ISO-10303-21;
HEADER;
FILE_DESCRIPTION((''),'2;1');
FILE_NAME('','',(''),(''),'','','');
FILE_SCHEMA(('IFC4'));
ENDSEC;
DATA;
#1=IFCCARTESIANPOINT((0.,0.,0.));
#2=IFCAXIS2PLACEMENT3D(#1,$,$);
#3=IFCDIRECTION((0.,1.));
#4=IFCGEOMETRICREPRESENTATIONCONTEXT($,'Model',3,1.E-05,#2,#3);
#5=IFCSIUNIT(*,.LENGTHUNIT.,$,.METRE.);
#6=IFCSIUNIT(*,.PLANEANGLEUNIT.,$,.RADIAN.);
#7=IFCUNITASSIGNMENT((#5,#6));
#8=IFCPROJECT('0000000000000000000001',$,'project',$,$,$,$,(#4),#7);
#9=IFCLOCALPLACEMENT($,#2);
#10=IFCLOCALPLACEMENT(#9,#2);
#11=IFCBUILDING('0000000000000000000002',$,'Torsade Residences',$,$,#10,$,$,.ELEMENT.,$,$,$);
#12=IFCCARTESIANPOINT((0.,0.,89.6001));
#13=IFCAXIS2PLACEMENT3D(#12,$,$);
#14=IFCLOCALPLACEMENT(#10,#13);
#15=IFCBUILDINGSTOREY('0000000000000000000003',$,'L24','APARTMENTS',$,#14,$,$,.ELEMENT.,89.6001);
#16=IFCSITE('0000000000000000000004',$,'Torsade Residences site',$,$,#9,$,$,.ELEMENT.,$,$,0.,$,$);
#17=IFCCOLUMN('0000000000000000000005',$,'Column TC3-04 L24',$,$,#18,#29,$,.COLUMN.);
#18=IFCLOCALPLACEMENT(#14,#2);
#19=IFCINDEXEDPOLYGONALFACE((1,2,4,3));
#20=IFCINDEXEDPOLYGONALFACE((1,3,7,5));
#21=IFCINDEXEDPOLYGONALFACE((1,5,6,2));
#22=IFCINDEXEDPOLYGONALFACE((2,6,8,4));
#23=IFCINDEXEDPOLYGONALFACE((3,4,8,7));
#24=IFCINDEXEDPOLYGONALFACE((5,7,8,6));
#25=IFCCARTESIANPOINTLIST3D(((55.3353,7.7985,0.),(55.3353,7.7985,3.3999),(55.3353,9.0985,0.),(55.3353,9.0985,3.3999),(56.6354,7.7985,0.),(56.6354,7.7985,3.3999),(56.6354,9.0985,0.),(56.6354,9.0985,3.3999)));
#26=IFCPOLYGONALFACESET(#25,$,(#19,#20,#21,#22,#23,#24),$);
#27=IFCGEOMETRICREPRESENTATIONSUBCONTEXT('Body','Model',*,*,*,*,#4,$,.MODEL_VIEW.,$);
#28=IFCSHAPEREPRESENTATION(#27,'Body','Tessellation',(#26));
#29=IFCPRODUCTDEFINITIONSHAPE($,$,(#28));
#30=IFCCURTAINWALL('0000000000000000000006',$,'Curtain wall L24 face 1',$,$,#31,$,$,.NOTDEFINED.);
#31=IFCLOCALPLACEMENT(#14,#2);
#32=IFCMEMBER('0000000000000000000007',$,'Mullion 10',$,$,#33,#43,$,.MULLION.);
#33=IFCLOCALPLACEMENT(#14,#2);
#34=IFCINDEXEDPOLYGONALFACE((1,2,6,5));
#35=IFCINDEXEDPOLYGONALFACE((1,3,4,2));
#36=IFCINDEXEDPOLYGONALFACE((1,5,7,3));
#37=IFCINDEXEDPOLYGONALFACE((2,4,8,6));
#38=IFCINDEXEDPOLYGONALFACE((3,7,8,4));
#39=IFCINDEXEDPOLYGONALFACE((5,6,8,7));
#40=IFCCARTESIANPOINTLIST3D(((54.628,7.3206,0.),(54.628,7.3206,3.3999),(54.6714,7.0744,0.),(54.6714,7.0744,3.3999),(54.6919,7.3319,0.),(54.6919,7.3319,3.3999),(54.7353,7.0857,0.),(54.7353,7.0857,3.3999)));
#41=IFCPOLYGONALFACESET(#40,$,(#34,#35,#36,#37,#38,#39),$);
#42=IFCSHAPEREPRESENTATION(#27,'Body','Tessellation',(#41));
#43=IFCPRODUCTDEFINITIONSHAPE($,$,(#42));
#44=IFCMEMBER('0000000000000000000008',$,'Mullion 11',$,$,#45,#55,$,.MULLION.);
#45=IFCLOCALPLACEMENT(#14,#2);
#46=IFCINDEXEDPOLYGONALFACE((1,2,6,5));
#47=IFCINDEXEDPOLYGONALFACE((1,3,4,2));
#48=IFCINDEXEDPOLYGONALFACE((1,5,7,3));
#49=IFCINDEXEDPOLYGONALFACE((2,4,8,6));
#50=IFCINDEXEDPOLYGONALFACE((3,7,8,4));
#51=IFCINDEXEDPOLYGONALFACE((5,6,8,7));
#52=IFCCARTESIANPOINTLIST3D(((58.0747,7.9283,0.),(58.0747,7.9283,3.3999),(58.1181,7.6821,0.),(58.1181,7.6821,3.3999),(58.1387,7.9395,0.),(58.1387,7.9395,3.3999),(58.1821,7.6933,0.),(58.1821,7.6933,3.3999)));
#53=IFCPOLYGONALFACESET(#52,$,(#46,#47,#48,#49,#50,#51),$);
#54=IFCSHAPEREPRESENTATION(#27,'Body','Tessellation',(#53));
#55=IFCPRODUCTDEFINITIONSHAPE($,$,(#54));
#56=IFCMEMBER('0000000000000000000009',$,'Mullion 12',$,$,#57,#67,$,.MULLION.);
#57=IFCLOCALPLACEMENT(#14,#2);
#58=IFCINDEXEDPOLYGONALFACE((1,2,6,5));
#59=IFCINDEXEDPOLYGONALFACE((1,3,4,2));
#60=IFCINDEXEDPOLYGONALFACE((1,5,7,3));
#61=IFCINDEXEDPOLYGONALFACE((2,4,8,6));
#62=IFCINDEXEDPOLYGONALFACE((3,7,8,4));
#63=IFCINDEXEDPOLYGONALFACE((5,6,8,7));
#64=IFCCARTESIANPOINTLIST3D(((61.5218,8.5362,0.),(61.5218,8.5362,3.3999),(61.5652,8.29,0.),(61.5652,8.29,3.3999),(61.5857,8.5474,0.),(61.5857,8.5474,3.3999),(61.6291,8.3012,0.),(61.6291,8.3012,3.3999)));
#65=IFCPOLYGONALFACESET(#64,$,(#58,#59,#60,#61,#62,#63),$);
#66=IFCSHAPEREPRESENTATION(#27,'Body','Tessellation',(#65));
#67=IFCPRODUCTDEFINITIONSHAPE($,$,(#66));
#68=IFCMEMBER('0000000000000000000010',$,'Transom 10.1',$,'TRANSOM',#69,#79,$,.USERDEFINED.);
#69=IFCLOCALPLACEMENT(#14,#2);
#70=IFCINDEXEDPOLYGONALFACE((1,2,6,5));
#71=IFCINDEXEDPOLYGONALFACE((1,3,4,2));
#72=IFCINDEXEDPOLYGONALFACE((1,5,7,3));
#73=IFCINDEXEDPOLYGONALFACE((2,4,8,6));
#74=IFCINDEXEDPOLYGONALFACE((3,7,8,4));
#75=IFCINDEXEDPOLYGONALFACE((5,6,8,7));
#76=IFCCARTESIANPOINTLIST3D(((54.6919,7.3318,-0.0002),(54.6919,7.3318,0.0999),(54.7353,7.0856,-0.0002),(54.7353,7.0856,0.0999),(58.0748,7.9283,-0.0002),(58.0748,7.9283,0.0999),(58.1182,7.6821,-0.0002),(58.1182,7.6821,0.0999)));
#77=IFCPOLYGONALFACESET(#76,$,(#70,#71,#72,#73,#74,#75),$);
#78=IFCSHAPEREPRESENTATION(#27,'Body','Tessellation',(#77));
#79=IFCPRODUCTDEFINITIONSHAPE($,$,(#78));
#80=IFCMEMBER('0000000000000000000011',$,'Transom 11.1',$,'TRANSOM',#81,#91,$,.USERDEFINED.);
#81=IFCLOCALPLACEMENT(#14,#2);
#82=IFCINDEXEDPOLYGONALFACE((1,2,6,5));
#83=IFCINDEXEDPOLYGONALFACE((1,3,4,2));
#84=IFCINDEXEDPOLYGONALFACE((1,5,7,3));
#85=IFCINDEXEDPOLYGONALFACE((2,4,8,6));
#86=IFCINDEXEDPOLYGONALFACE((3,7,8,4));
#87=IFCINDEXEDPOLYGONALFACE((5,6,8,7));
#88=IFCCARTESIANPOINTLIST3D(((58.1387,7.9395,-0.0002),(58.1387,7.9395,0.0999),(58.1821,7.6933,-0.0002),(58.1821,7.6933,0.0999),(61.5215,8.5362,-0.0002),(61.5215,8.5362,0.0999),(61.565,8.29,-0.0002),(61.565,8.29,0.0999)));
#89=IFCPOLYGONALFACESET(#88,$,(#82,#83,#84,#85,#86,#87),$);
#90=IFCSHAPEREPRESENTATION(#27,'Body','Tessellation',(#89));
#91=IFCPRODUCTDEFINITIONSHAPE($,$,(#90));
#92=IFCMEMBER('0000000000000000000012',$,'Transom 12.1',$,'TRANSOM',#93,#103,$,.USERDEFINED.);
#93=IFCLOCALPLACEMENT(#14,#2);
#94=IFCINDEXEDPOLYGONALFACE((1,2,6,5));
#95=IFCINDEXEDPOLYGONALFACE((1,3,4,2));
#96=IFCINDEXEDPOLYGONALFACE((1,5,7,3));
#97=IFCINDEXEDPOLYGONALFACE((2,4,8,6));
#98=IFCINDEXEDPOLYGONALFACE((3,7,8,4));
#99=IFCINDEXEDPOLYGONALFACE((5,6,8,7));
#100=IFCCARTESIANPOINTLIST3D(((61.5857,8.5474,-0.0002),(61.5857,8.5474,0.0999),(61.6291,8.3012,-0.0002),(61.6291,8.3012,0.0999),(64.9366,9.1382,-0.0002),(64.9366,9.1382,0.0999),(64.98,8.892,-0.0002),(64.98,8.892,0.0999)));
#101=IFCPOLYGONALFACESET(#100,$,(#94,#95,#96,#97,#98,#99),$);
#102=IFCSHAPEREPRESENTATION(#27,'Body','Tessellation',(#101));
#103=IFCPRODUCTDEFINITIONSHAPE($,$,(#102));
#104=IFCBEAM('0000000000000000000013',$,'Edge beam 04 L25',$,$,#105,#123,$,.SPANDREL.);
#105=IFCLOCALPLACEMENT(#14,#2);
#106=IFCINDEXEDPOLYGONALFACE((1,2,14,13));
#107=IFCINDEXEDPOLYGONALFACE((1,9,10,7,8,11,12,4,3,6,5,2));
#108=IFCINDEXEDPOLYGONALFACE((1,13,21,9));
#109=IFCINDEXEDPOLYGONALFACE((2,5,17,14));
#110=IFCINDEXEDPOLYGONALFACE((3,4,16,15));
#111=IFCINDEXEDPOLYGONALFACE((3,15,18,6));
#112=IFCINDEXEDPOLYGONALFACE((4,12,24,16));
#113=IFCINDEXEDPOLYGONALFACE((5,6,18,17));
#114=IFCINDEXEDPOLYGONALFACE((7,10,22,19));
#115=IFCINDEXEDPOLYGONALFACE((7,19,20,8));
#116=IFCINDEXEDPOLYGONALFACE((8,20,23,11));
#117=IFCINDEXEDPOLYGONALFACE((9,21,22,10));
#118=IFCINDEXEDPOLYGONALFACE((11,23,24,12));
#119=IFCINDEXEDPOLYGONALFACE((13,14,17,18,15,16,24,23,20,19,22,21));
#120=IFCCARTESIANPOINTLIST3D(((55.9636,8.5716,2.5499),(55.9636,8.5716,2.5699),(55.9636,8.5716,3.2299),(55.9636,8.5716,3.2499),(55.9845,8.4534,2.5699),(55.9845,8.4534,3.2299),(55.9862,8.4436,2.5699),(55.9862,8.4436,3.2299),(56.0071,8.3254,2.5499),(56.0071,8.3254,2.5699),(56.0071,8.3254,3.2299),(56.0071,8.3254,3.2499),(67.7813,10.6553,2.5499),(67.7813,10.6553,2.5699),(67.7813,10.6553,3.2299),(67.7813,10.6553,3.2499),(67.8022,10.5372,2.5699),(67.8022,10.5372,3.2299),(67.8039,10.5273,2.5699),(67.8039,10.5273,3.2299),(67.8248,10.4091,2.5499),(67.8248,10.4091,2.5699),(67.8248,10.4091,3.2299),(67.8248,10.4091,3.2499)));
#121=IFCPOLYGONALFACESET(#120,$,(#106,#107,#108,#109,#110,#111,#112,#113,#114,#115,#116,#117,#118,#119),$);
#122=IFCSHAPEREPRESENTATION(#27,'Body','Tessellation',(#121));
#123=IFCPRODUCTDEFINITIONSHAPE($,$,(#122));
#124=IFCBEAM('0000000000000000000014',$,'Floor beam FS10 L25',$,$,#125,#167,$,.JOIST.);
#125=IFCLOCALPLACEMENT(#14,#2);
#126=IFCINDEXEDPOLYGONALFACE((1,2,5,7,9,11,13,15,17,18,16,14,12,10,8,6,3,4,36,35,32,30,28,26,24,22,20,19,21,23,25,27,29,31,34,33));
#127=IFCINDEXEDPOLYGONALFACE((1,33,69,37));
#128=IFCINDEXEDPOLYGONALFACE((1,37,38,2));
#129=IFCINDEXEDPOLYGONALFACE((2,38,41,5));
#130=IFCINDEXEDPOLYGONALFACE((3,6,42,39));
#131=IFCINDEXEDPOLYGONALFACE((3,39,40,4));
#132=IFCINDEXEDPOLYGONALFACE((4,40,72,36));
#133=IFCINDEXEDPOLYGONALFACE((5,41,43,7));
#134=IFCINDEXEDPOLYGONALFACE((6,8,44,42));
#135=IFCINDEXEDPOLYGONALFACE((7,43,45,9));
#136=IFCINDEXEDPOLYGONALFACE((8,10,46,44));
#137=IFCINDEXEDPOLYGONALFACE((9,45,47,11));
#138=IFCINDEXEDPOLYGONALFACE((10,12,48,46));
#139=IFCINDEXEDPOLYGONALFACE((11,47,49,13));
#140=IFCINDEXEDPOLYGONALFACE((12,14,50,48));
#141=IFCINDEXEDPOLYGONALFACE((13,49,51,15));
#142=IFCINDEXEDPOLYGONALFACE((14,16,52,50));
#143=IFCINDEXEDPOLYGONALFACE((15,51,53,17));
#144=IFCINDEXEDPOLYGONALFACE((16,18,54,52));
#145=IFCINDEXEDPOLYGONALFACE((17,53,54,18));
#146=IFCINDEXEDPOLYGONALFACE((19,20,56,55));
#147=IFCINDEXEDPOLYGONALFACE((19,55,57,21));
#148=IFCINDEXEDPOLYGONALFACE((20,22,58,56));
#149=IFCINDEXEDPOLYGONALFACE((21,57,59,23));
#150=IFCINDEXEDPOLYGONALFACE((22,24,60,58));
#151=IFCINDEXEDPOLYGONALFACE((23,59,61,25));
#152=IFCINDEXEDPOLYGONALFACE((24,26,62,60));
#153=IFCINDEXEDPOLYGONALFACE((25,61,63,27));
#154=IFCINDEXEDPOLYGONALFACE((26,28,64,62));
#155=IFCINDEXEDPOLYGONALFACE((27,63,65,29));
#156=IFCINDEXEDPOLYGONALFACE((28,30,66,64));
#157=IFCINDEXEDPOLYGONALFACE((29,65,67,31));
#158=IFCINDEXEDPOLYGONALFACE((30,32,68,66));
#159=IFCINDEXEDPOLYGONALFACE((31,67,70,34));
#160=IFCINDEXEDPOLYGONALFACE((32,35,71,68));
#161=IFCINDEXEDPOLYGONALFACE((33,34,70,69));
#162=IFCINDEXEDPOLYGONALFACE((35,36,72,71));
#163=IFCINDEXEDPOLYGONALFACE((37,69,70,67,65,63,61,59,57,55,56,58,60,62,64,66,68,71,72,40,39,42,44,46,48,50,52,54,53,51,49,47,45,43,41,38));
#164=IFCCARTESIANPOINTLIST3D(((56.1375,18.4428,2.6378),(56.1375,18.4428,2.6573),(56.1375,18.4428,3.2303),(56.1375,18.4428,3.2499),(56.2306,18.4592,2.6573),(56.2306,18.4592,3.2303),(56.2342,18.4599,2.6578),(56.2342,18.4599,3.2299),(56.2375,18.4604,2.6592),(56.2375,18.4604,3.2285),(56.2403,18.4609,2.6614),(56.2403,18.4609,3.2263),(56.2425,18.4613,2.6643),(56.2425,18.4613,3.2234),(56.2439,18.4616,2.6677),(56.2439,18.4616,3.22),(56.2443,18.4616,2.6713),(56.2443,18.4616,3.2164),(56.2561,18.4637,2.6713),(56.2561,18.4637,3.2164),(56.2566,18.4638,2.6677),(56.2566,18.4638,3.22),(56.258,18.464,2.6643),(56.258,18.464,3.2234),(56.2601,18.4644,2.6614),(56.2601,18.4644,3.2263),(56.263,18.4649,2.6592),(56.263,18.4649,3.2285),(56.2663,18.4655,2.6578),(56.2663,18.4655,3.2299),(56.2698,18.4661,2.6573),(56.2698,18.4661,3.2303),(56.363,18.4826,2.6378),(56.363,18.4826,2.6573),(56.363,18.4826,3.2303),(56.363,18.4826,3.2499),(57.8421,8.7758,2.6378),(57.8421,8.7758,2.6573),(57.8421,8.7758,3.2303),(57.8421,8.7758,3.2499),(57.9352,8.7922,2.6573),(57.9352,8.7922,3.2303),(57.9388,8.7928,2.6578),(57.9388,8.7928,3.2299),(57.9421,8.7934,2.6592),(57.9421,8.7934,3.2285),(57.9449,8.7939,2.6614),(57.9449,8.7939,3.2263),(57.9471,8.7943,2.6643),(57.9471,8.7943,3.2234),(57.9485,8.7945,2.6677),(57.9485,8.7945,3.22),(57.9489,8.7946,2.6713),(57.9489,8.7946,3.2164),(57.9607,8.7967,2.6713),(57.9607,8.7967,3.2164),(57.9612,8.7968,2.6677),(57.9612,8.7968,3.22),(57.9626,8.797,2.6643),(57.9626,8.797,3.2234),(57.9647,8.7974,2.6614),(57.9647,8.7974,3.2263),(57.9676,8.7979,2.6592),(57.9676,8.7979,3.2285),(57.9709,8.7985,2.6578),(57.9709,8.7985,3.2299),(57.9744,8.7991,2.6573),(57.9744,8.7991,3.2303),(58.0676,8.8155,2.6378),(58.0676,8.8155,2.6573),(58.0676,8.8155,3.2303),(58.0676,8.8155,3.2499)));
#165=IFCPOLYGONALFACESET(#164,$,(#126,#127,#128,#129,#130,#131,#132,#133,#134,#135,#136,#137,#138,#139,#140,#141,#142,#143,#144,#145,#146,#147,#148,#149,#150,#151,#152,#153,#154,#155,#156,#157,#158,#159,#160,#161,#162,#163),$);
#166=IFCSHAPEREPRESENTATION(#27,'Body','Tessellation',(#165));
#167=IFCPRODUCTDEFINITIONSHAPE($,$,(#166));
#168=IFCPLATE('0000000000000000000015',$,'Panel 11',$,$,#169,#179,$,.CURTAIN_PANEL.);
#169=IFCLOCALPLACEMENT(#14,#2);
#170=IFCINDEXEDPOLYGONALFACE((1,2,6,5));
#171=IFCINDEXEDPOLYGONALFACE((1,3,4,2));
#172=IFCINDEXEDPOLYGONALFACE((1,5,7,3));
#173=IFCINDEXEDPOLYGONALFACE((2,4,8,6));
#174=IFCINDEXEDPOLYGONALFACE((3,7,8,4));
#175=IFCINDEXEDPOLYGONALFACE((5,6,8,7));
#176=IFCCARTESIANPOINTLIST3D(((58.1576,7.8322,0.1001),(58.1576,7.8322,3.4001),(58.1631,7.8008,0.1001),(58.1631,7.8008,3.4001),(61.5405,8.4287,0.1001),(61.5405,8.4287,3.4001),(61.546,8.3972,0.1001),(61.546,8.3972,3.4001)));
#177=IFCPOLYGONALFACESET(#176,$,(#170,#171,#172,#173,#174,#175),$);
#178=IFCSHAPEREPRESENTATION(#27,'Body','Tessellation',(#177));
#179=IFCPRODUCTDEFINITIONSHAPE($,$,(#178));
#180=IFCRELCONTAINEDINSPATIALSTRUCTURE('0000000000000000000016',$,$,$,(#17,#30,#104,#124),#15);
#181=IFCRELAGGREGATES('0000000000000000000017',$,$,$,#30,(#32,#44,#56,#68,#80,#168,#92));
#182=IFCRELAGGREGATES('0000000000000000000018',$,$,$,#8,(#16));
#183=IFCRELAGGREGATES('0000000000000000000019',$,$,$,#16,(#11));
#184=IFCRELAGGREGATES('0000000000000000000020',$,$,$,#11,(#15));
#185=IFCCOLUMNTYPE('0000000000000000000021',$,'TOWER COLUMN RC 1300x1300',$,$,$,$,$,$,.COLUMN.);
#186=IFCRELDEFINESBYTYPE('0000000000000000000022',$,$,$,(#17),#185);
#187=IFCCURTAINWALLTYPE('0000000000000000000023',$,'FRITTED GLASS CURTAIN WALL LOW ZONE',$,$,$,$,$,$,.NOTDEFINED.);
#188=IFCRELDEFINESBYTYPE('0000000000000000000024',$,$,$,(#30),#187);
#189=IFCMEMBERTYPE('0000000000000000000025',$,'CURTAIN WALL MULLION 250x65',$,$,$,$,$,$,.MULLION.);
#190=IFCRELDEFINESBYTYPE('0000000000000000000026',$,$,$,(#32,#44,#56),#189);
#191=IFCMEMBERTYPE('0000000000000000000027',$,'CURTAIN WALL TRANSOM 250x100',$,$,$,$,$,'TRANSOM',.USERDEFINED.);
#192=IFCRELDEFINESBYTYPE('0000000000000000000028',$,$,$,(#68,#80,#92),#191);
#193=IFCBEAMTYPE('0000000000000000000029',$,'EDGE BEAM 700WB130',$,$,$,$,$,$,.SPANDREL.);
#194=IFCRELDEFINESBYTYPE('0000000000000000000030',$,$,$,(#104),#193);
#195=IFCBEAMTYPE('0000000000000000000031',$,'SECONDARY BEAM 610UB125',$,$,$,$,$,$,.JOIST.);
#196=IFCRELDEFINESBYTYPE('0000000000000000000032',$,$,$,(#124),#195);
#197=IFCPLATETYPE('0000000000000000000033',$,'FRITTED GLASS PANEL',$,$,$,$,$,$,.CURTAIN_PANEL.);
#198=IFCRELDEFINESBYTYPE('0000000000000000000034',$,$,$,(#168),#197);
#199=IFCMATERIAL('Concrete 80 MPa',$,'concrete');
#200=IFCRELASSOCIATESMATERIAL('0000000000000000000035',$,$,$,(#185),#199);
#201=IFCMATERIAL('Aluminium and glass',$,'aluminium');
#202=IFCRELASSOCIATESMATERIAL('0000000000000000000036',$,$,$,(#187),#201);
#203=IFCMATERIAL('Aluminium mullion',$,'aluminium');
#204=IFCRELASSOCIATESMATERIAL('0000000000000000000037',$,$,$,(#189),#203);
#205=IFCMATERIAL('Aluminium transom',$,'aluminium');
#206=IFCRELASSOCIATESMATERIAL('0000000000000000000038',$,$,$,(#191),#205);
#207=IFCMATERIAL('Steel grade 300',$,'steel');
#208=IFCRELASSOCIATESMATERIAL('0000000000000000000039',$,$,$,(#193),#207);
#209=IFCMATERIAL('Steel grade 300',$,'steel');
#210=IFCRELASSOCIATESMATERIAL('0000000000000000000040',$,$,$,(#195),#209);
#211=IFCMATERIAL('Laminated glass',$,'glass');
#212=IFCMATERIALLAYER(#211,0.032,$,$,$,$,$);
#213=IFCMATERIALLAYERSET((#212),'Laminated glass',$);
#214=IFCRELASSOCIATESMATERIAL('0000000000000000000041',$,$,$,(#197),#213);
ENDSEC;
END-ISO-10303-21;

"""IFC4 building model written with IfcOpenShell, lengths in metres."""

from ifc_helpers import new_model, si_unit, direction, frame, origin, origin_2d, place, context, subcontext, project, spatial, rectangle, i_section, extrude, material, layer, layer_set, material_profile, profile_set, type_object, element, aggregate, save


model = new_model("IFC4")

# Units and contexts
model_context = context("Model", 3, precision=1e-05, world=origin(), true_north=direction((0.0, 1.0)))
body_context = subcontext(model_context, "Body", "Model", "MODEL_VIEW")
ifc_project = project(units=[si_unit("LENGTHUNIT", "METRE"), si_unit("PLANEANGLEUNIT", "RADIAN")], contexts=[model_context])

# Site, building, storey
site_placement = place(None, origin())
site = spatial("IfcSite", under=ifc_project, at=site_placement, Name="Torsade Residences site", CompositionType="ELEMENT", RefElevation=0.0)
building_placement = place(site_placement, origin())
building = spatial("IfcBuilding", under=site, at=building_placement, Name="Torsade Residences", CompositionType="ELEMENT")
storey_placement = place(building_placement, frame((0.0, 0.0, 89.6001)))
storey = spatial("IfcBuildingStorey", under=building, at=storey_placement, Name="L24", Description="APARTMENTS", CompositionType="ELEMENT", Elevation=89.6001)

# Column
ifc_material_1 = material(Name="Concrete 80 MPa", Category="concrete")
ifc_material_profile_1 = material_profile(ifc_material_1, rectangle(XDim=1.3, YDim=1.3, at=origin_2d()), Name="RC 1300x1300")
ifc_profile_set_1 = profile_set([ifc_material_profile_1], Name="Concrete 80 MPa")
column_type = type_object("IfcColumnType", Name="TOWER COLUMN RC 1300x1300", PredefinedType="COLUMN", material=ifc_profile_set_1)
column_placement = place(storey_placement, frame((55.9854, 8.4485, 0.0), z_axis=(0.0, 0.0, 1.0), x_axis=(1.0, 0.0, 0.0)))
element("IfcColumn", 1, at=column_placement, inside=storey, type_object=column_type, Name="Column TC3-04 L24", PredefinedType="COLUMN", context=body_context, shape_type="SweptSolid", body=[
    extrude(rectangle(XDim=1.3, YDim=1.3, at=origin_2d()), origin(), (0.0, 0.0, 1.0), 3.3999),
])

# Curtain wall, members
ifc_material_2 = material(Name="Aluminium and glass", Category="aluminium")
curtain_wall_type = type_object("IfcCurtainWallType", Name="FRITTED GLASS CURTAIN WALL LOW ZONE", PredefinedType="NOTDEFINED", material=ifc_material_2)
curtain_wall_placement = place(storey_placement, origin())
curtain_wall = element("IfcCurtainWall", 2, at=curtain_wall_placement, inside=storey, type_object=curtain_wall_type, Name="Curtain wall L24 face 1", PredefinedType="NOTDEFINED")
ifc_material_3 = material(Name="Aluminium mullion", Category="aluminium")
ifc_material_profile_2 = material_profile(ifc_material_3, rectangle(XDim=0.25, YDim=0.0649, at=origin_2d()), Name="CURTAIN WALL MULLION 250x65")
ifc_profile_set_2 = profile_set([ifc_material_profile_2], Name="Aluminium mullion")
member_type_1 = type_object("IfcMemberType", Name="CURTAIN WALL MULLION 250x65", PredefinedType="MULLION", material=ifc_profile_set_2)
member_1_placement = place(storey_placement, frame((54.6816, 7.2031, 0.0), z_axis=(0.0, 0.0, 1.0), x_axis=(-0.173648, 0.984808, 0.0)))
member_1 = element("IfcMember", 3, at=member_1_placement, type_object=member_type_1, Name="Mullion 10", PredefinedType="MULLION", context=body_context, shape_type="SweptSolid", body=[
    extrude(rectangle(XDim=0.25, YDim=0.0649, at=origin_2d()), origin(), (0.0, 0.0, 1.0), 3.3999),
])
member_2_placement = place(storey_placement, frame((58.1284, 7.8108, 0.0), z_axis=(0.0, 0.0, 1.0), x_axis=(-0.173648, 0.984808, 0.0)))
member_2 = element("IfcMember", 4, at=member_2_placement, type_object=member_type_1, Name="Mullion 11", PredefinedType="MULLION", context=body_context, shape_type="SweptSolid", body=[
    extrude(rectangle(XDim=0.25, YDim=0.0649, at=origin_2d()), origin(), (0.0, 0.0, 1.0), 3.3999),
])
member_3_placement = place(storey_placement, frame((61.5754, 8.4187, 0.0), z_axis=(0.0, 0.0, 1.0), x_axis=(-0.173648, 0.984808, 0.0)))
member_3 = element("IfcMember", 5, at=member_3_placement, type_object=member_type_1, Name="Mullion 12", PredefinedType="MULLION", context=body_context, shape_type="SweptSolid", body=[
    extrude(rectangle(XDim=0.25, YDim=0.0649, at=origin_2d()), origin(), (0.0, 0.0, 1.0), 3.3999),
])
ifc_material_4 = material(Name="Aluminium transom", Category="aluminium")
ifc_material_profile_3 = material_profile(ifc_material_4, rectangle(XDim=0.25, YDim=0.1001, at=origin_2d()), Name="CURTAIN WALL TRANSOM 250x100")
ifc_profile_set_3 = profile_set([ifc_material_profile_3], Name="Aluminium transom")
member_type_2 = type_object("IfcMemberType", Name="CURTAIN WALL TRANSOM 250x100", ElementType="TRANSOM", PredefinedType="USERDEFINED", material=ifc_profile_set_3)
member_4_placement = place(storey_placement, frame((54.7136, 7.2087, 0.0498), z_axis=(0.98481, 0.173635, 0.0), x_axis=(-0.173635, 0.98481, 0.0)))
member_4 = element("IfcMember", 6, at=member_4_placement, type_object=member_type_2, Name="Transom 10.1", ObjectType="TRANSOM", PredefinedType="USERDEFINED", context=body_context, shape_type="SweptSolid", body=[
    extrude(rectangle(XDim=0.25, YDim=0.1001, at=origin_2d()), origin(), (0.0, 0.0, 1.0), 3.4351),
])
member_5_placement = place(storey_placement, frame((58.1604, 7.8164, 0.0498), z_axis=(0.984798, 0.173704, 0.0), x_axis=(-0.173704, 0.984798, 0.0)))
member_5 = element("IfcMember", 7, at=member_5_placement, type_object=member_type_2, Name="Transom 11.1", ObjectType="TRANSOM", PredefinedType="USERDEFINED", context=body_context, shape_type="SweptSolid", body=[
    extrude(rectangle(XDim=0.25, YDim=0.1001, at=origin_2d()), origin(), (0.0, 0.0, 1.0), 3.4351),
])
member_6_placement = place(storey_placement, frame((61.6074, 8.4243, 0.0498), z_axis=(0.984809, 0.173642, 0.0), x_axis=(-0.173642, 0.984809, 0.0)))
member_6 = element("IfcMember", 8, at=member_6_placement, type_object=member_type_2, Name="Transom 12.1", ObjectType="TRANSOM", PredefinedType="USERDEFINED", context=body_context, shape_type="SweptSolid", body=[
    extrude(rectangle(XDim=0.25, YDim=0.1001, at=origin_2d()), origin(), (0.0, 0.0, 1.0), 3.4026),
])

# Beams
ifc_material_5 = material(Name="Steel grade 300", Category="steel")
ifc_material_profile_4 = material_profile(ifc_material_5, i_section(OverallWidth=0.25, OverallDepth=0.7, WebThickness=0.01, FlangeThickness=0.02, at=origin_2d()), Name="700WB130")
ifc_profile_set_4 = profile_set([ifc_material_profile_4], Name="Steel grade 300")
beam_type_1 = type_object("IfcBeamType", Name="EDGE BEAM 700WB130", PredefinedType="SPANDREL", material=ifc_profile_set_4)
beam_1_placement = place(storey_placement, frame((55.9854, 8.4485, 2.8999), z_axis=(0.984808, 0.173646, 0.0), x_axis=(-0.173646, 0.984808, 0.0)))
element("IfcBeam", 9, at=beam_1_placement, inside=storey, type_object=beam_type_1, Name="Edge beam 04 L25", PredefinedType="SPANDREL", context=body_context, shape_type="SweptSolid", body=[
    extrude(i_section(OverallWidth=0.25, OverallDepth=0.7, WebThickness=0.01, FlangeThickness=0.02, at=origin_2d()), origin(), (0.0, 0.0, 1.0), 12.0),
])
ifc_material_6 = material(Name="Steel grade 300", Category="steel")
ifc_material_profile_5 = material_profile(ifc_material_6, i_section(OverallWidth=0.229, OverallDepth=0.6121, WebThickness=0.012, FlangeThickness=0.0195, FilletRadius=0.0139, at=origin_2d()), Name="610UB125")
ifc_profile_set_5 = profile_set([ifc_material_profile_5], Name="Steel grade 300")
beam_type_2 = type_object("IfcBeamType", Name="SECONDARY BEAM 610UB125", PredefinedType="JOIST", material=ifc_profile_set_5)
beam_2_placement = place(storey_placement, frame((57.9548, 8.7957, 2.9438), z_axis=(-0.173652, 0.984807, 0.0), x_axis=(-0.984807, -0.173652, 0.0)))
element("IfcBeam", 10, at=beam_2_placement, inside=storey, type_object=beam_type_2, Name="Floor beam FS10 L25", PredefinedType="JOIST", context=body_context, shape_type="SweptSolid", body=[
    extrude(i_section(OverallWidth=0.229, OverallDepth=0.6121, WebThickness=0.012, FlangeThickness=0.0195, FilletRadius=0.0139, at=origin_2d()), origin(), (0.0, 0.0, 1.0), 9.8162),
])

# Plate
ifc_material_7 = material(Name="Laminated glass", Category="glass")
ifc_layer_1 = layer(ifc_material_7, 0.032)
ifc_layer_set_1 = layer_set([ifc_layer_1], Name="Laminated glass")
plate_type_1 = type_object("IfcPlateType", Name="FRITTED GLASS PANEL", PredefinedType="CURTAIN_PANEL", material=ifc_layer_set_1)
plate_1_placement = place(storey_placement, frame((59.8518, 8.1147, 0.1001), z_axis=(0.0, 0.0, 1.0), x_axis=(0.984808, 0.173648, 0.0)))
plate_1 = element("IfcPlate", 11, at=plate_1_placement, type_object=plate_type_1, Name="Panel 11", PredefinedType="CURTAIN_PANEL", context=body_context, shape_type="SweptSolid", body=[
    extrude(rectangle(XDim=3.4351, YDim=0.032, at=origin_2d()), origin(), (0.0, 0.0, 1.0), 3.3),
])
aggregate(curtain_wall, [member_1, member_2, member_3, member_4, member_5, plate_1, member_6])

save(model, "model.ifc")
